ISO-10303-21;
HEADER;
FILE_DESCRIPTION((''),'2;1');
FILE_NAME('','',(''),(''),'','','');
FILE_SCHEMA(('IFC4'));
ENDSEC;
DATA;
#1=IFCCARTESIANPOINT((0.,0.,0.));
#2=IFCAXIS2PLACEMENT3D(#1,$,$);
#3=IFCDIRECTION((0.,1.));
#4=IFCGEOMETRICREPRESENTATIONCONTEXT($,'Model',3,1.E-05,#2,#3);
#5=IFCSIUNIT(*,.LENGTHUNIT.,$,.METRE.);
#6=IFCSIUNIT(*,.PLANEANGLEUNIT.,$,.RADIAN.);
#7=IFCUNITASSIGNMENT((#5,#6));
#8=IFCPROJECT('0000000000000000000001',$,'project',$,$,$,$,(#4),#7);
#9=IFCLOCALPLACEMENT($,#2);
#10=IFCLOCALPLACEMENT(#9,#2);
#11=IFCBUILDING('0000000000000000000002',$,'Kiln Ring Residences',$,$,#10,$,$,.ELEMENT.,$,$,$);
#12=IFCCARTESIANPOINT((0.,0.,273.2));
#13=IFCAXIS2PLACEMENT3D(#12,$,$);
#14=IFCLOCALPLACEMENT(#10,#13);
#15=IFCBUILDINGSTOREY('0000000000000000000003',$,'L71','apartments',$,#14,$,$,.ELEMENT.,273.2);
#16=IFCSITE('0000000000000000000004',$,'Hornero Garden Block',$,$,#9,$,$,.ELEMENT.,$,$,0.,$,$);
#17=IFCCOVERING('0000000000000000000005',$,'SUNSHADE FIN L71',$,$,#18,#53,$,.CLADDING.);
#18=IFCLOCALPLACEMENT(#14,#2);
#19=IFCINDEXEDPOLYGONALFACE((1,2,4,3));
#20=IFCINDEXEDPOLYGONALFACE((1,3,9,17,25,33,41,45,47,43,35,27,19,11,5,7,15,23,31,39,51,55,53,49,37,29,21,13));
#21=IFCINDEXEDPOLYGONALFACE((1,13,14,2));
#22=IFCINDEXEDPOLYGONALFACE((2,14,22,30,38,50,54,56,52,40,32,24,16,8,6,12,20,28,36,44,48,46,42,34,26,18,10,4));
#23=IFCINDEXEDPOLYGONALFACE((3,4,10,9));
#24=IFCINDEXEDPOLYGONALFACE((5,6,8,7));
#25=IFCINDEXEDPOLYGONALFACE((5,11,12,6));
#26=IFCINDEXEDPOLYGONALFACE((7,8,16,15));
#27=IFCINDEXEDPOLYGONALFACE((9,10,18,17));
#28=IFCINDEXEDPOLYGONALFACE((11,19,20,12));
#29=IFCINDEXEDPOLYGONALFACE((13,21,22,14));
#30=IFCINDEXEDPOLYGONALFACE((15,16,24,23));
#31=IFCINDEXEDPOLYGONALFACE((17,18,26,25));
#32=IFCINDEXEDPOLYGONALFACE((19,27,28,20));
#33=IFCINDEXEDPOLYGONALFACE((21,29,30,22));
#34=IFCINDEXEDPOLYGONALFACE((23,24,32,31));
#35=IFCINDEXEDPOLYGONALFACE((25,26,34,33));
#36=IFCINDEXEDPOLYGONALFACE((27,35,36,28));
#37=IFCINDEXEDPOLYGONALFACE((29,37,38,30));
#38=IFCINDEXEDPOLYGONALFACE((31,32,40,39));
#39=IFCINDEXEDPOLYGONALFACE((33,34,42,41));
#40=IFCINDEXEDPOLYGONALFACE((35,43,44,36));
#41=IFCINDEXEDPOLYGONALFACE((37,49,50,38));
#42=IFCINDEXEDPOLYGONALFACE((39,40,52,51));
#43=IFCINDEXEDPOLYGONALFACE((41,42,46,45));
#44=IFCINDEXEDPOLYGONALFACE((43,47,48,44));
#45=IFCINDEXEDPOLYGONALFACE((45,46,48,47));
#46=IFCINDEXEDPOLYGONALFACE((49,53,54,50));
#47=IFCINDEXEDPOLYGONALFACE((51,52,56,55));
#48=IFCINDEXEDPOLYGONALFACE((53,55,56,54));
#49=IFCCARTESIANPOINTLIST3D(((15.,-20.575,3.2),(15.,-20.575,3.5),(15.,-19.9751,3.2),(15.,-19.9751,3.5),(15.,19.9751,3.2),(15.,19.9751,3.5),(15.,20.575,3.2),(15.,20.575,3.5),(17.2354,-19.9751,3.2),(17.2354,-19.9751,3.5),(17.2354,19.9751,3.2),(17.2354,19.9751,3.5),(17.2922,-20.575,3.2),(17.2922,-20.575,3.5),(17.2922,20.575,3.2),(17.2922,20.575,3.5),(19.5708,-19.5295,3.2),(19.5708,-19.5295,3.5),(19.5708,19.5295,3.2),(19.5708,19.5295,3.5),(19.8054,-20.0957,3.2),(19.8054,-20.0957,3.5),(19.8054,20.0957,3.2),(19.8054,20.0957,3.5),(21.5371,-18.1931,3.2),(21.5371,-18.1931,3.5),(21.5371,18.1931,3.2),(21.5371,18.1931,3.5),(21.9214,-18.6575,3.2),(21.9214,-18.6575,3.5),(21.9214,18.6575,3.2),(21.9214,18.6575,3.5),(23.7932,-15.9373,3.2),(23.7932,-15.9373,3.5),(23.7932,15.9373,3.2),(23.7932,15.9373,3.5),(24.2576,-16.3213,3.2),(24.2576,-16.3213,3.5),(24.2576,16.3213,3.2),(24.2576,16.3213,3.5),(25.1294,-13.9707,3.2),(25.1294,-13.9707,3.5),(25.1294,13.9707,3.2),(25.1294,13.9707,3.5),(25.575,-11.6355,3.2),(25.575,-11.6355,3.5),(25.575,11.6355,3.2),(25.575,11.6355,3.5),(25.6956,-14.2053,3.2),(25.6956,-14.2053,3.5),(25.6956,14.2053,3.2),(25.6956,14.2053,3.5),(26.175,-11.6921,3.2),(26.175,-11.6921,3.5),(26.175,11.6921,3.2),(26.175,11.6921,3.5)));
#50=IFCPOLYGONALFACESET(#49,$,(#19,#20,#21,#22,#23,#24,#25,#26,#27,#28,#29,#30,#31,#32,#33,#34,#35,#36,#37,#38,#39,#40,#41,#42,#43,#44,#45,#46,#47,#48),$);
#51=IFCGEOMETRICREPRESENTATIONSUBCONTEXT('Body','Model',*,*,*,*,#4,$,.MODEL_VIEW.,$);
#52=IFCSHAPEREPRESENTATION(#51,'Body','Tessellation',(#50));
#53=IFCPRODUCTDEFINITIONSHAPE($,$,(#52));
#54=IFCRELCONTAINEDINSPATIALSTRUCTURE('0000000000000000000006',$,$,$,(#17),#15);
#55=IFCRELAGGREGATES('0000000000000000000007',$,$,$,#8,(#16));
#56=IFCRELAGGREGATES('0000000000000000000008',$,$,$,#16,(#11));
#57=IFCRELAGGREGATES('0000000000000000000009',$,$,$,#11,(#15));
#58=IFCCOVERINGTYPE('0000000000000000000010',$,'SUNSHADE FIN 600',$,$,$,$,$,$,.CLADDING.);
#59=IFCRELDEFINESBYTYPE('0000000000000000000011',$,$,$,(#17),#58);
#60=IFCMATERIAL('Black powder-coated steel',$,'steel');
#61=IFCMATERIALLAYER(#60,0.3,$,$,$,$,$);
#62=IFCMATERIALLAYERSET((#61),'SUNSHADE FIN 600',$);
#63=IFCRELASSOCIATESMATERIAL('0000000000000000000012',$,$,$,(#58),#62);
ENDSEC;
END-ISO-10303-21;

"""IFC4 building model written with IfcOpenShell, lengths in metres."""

from ifc_helpers import new_model, si_unit, direction, frame, origin, place, context, subcontext, project, spatial, polyline, outline, extrude, material, layer, layer_set, type_object, element, save


model = new_model("IFC4")

# Units and contexts
model_context = context("Model", 3, precision=1e-05, world=origin(), true_north=direction((0.0, 1.0)))
body_context = subcontext(model_context, "Body", "Model", "MODEL_VIEW")
ifc_project = project(units=[si_unit("LENGTHUNIT", "METRE"), si_unit("PLANEANGLEUNIT", "RADIAN")], contexts=[model_context])

# Site, building, storey
site_placement = place(None, origin())
site = spatial("IfcSite", under=ifc_project, at=site_placement, Name="Hornero Garden Block", CompositionType="ELEMENT", RefElevation=0.0)
building_placement = place(site_placement, origin())
building = spatial("IfcBuilding", under=site, at=building_placement, Name="Kiln Ring Residences", CompositionType="ELEMENT")
storey_placement = place(building_placement, frame((0.0, 0.0, 273.2)))
storey = spatial("IfcBuildingStorey", under=building, at=storey_placement, Name="L71", Description="apartments", CompositionType="ELEMENT", Elevation=273.2)

# Covering
placement = place(storey_placement, frame((0.0, 0.0, 3.2)))
ifc_material_1 = material(Name="Black powder-coated steel", Category="steel")
ifc_layer_1 = layer(ifc_material_1, 0.3)
ifc_layer_set_1 = layer_set([ifc_layer_1], Name="SUNSHADE FIN 600")
covering_type_1 = type_object("IfcCoveringType", Name="SUNSHADE FIN 600", PredefinedType="CLADDING", material=ifc_layer_set_1)
element("IfcCovering", 1, at=placement, inside=storey, type_object=covering_type_1, Name="SUNSHADE FIN L71", PredefinedType="CLADDING", context=body_context, shape_type="SweptSolid", body=[
    extrude(outline(polyline([(17.2922, 20.575), (15.0, 20.575), (15.0, 19.9751), (17.2354, 19.9751), (19.5708, 19.5295), (21.5371, 18.1931), (23.7932, 15.9373), (25.1294, 13.9707), (25.575, 11.6355), (25.575, -11.6355), (25.1294, -13.9707), (23.7932, -15.9373), (21.5371, -18.1931), (19.5708, -19.5295), (17.2354, -19.9751), (15.0, -19.9751), (15.0, -20.575), (17.2922, -20.575), (19.8054, -20.0957), (21.9214, -18.6575), (24.2576, -16.3213), (25.6956, -14.2053), (26.175, -11.6921), (26.175, 11.6921), (25.6956, 14.2053), (24.2576, 16.3213), (21.9214, 18.6575), (19.8054, 20.0957), (17.2922, 20.575)])), origin(), (0.0, 0.0, 1.0), 0.3),
])

save(model, "model.ifc")
